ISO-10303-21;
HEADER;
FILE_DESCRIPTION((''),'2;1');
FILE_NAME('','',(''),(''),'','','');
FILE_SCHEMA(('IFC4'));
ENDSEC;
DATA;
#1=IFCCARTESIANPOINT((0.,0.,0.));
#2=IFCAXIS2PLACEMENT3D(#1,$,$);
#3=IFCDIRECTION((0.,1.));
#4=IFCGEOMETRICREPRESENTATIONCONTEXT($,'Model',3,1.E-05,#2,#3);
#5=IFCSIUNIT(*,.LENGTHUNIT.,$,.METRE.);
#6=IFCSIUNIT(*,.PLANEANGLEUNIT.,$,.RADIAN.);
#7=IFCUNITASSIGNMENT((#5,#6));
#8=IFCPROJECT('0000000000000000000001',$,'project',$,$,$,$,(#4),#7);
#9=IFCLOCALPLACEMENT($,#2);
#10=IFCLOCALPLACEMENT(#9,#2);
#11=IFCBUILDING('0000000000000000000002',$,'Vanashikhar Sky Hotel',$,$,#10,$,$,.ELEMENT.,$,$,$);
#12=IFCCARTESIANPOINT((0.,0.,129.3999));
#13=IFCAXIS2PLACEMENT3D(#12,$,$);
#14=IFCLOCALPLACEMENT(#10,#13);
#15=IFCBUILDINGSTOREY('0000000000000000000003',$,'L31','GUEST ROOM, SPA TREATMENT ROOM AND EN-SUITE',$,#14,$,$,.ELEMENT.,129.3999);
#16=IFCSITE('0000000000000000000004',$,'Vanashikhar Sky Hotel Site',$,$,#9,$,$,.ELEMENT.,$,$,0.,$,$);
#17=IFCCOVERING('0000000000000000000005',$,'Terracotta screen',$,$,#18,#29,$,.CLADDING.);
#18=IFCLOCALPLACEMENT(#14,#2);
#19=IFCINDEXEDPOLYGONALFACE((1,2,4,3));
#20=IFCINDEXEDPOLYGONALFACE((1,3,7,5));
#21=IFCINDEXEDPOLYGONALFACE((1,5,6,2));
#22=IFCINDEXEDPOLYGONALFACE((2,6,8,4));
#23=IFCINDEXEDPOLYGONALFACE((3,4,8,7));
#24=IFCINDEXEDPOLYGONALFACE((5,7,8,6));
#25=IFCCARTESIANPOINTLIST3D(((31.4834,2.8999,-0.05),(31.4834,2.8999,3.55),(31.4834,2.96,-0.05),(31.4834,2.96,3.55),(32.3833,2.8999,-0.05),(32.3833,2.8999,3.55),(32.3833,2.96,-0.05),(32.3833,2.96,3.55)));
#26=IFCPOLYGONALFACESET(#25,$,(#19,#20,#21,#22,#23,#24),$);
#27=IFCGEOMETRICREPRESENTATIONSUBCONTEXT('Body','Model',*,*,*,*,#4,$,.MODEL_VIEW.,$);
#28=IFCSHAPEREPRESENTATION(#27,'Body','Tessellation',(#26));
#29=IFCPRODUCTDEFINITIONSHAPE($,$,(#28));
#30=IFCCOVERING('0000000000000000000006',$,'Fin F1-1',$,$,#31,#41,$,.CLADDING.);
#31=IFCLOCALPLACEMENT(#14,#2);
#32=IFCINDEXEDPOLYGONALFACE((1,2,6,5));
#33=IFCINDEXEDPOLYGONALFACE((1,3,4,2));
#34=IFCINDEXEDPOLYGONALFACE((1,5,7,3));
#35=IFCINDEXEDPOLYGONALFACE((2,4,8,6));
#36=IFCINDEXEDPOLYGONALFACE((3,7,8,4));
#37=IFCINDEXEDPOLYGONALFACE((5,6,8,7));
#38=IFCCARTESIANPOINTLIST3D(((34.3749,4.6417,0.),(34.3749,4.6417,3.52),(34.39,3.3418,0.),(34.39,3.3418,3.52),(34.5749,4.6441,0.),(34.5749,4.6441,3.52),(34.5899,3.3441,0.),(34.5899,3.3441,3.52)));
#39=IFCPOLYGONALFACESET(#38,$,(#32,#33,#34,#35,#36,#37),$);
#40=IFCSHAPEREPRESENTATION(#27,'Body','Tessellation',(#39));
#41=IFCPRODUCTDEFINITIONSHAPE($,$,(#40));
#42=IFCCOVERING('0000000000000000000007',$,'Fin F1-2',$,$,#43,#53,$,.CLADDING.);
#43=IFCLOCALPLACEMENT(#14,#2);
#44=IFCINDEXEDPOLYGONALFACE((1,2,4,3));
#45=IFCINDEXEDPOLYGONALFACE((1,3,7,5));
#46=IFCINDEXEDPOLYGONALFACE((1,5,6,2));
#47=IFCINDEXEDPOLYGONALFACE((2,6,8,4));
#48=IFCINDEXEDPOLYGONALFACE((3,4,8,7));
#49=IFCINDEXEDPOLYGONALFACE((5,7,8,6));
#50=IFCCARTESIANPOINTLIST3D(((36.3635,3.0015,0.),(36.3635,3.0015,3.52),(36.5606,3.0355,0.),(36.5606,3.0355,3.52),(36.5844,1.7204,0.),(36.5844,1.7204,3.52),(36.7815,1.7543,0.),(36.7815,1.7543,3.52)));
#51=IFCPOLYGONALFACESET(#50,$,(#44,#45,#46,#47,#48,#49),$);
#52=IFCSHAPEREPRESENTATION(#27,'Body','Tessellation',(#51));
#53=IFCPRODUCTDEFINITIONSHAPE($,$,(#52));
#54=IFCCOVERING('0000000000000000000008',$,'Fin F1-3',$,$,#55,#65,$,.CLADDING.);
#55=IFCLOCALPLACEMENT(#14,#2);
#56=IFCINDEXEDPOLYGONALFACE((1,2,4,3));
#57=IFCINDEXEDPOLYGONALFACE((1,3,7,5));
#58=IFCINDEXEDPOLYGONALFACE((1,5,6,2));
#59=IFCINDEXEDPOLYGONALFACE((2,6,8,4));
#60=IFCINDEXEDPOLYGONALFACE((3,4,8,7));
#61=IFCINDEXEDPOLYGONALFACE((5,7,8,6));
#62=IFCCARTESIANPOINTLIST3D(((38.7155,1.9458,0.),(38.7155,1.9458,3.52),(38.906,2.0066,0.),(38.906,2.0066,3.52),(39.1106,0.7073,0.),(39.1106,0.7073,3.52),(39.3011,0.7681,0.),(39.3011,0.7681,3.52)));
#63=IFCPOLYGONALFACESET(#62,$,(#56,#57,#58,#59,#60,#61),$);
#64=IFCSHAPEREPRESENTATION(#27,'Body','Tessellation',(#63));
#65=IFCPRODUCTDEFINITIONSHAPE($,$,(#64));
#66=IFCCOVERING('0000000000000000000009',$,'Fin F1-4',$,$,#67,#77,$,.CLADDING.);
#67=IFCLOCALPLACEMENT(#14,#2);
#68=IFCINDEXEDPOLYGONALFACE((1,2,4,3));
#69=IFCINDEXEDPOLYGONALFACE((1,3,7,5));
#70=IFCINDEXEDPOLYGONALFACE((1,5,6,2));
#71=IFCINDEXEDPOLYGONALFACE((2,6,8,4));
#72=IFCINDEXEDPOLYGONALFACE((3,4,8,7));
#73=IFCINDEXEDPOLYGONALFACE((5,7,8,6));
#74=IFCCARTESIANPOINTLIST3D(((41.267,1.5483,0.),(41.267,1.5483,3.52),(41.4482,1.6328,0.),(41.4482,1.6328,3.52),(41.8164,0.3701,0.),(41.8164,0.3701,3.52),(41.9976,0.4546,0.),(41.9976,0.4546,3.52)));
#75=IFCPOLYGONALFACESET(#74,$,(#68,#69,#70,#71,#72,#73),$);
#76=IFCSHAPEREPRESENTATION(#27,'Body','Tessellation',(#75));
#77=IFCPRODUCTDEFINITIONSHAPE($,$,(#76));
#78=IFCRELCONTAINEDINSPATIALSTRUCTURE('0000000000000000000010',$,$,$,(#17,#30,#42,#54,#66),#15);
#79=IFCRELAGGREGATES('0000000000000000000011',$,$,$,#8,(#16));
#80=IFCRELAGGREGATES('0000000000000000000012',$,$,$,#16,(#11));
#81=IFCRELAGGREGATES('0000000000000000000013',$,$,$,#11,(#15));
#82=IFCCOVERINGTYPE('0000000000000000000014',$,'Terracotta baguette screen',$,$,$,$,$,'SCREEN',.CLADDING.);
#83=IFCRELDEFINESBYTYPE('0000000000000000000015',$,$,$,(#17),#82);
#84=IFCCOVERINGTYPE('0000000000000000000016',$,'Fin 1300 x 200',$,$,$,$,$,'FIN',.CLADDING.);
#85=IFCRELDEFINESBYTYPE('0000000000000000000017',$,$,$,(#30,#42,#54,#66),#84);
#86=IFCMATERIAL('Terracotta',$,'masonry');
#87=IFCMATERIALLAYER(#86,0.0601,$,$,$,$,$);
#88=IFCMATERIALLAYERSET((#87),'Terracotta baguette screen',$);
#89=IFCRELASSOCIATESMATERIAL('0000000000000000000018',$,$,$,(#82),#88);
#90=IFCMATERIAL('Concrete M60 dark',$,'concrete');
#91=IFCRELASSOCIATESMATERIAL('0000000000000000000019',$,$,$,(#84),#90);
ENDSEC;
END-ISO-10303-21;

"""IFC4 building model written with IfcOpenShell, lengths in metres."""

from ifc_helpers import new_model, si_unit, direction, frame, origin, origin_2d, place, context, subcontext, project, spatial, rectangle, extrude, source, transform, mapped, material, layer, layer_set, material_profile, profile_set, type_object, element, save


model = new_model("IFC4")

# Units and contexts
model_context = context("Model", 3, precision=1e-05, world=origin(), true_north=direction((0.0, 1.0)))
body_context = subcontext(model_context, "Body", "Model", "MODEL_VIEW")
ifc_project = project(units=[si_unit("LENGTHUNIT", "METRE"), si_unit("PLANEANGLEUNIT", "RADIAN")], contexts=[model_context])

# Site, building, storey
site_placement = place(None, origin())
site = spatial("IfcSite", under=ifc_project, at=site_placement, Name="Vanashikhar Sky Hotel Site", CompositionType="ELEMENT", RefElevation=0.0)
building_placement = place(site_placement, origin())
building = spatial("IfcBuilding", under=site, at=building_placement, Name="Vanashikhar Sky Hotel", CompositionType="ELEMENT")
storey_placement = place(building_placement, frame((0.0, 0.0, 129.3999)))
storey = spatial("IfcBuildingStorey", under=building, at=storey_placement, Name="L31", Description="GUEST ROOM, SPA TREATMENT ROOM AND EN-SUITE", CompositionType="ELEMENT", Elevation=129.3999)

# Coverings
ifc_material_1 = material(Name="Terracotta", Category="masonry")
ifc_layer_1 = layer(ifc_material_1, 0.0601)
ifc_layer_set_1 = layer_set([ifc_layer_1], Name="Terracotta baguette screen")
covering_type_1 = type_object("IfcCoveringType", Name="Terracotta baguette screen", ElementType="SCREEN", PredefinedType="CLADDING", material=ifc_layer_set_1)
shared_shape_1 = source(origin(), body_context, "Body", "SweptSolid", [
    extrude(rectangle(XDim=0.8999, YDim=0.0601, at=origin_2d()), origin(), (0.0, 0.0, 1.0), 3.6001),
])
covering_placement = place(storey_placement, frame((31.9333, 2.9299, -0.05), z_axis=(0.0, 0.0, 1.0), x_axis=(1.0, 0.0, 0.0)))
element("IfcCovering", 1, at=covering_placement, inside=storey, type_object=covering_type_1, Name="Terracotta screen", PredefinedType="CLADDING", context=body_context, shape_type="MappedRepresentation", body=[
    mapped(shared_shape_1, transform((0.0, 0.0, 0.0), scale=1.0)),
])
ifc_material_2 = material(Name="Concrete M60 dark", Category="concrete")
ifc_material_profile = material_profile(ifc_material_2, rectangle(XDim=1.3, YDim=0.2, at=origin_2d()))
ifc_profile_set = profile_set([ifc_material_profile], Name="Fin 1300 x 200")
covering_type_2 = type_object("IfcCoveringType", Name="Fin 1300 x 200", ElementType="FIN", PredefinedType="CLADDING", material=ifc_profile_set)
shared_shape_2 = source(origin(), body_context, "Body", "SweptSolid", [
    extrude(rectangle(XDim=1.3, YDim=0.2, at=origin_2d()), origin(), (0.0, 0.0, 1.0), 3.52),
])
for number, where, z_axis, x_axis, name in (
    (2, (34.4824, 3.9929, 0.0), (0.0, 0.0, 1.0), (0.011589, -0.999933, 0.0), "Fin F1-1"),
    (3, (36.5725, 2.3779, 0.0), (0.0, 0.0, 1.0), (0.1699, -0.985461, 0.0), "Fin F1-2"),
    (4, (39.0083, 1.3569, 0.0), (0.0, 0.0, 1.0), (0.303967, -0.952683, 0.0), "Fin F1-3"),
    (5, (41.6323, 1.0015, 0.0), (0.0, 0.0, 1.0), (0.422618, -0.906308, 0.0), "Fin F1-4"),
):
    element("IfcCovering", number, at=place(storey_placement, frame(where, z_axis=z_axis, x_axis=x_axis)), inside=storey, type_object=covering_type_2, Name=name, PredefinedType="CLADDING", context=body_context, shape_type="MappedRepresentation", body=[
        mapped(shared_shape_2, transform((0.0, 0.0, 0.0), scale=1.0)),
    ])

save(model, "model.ifc")
